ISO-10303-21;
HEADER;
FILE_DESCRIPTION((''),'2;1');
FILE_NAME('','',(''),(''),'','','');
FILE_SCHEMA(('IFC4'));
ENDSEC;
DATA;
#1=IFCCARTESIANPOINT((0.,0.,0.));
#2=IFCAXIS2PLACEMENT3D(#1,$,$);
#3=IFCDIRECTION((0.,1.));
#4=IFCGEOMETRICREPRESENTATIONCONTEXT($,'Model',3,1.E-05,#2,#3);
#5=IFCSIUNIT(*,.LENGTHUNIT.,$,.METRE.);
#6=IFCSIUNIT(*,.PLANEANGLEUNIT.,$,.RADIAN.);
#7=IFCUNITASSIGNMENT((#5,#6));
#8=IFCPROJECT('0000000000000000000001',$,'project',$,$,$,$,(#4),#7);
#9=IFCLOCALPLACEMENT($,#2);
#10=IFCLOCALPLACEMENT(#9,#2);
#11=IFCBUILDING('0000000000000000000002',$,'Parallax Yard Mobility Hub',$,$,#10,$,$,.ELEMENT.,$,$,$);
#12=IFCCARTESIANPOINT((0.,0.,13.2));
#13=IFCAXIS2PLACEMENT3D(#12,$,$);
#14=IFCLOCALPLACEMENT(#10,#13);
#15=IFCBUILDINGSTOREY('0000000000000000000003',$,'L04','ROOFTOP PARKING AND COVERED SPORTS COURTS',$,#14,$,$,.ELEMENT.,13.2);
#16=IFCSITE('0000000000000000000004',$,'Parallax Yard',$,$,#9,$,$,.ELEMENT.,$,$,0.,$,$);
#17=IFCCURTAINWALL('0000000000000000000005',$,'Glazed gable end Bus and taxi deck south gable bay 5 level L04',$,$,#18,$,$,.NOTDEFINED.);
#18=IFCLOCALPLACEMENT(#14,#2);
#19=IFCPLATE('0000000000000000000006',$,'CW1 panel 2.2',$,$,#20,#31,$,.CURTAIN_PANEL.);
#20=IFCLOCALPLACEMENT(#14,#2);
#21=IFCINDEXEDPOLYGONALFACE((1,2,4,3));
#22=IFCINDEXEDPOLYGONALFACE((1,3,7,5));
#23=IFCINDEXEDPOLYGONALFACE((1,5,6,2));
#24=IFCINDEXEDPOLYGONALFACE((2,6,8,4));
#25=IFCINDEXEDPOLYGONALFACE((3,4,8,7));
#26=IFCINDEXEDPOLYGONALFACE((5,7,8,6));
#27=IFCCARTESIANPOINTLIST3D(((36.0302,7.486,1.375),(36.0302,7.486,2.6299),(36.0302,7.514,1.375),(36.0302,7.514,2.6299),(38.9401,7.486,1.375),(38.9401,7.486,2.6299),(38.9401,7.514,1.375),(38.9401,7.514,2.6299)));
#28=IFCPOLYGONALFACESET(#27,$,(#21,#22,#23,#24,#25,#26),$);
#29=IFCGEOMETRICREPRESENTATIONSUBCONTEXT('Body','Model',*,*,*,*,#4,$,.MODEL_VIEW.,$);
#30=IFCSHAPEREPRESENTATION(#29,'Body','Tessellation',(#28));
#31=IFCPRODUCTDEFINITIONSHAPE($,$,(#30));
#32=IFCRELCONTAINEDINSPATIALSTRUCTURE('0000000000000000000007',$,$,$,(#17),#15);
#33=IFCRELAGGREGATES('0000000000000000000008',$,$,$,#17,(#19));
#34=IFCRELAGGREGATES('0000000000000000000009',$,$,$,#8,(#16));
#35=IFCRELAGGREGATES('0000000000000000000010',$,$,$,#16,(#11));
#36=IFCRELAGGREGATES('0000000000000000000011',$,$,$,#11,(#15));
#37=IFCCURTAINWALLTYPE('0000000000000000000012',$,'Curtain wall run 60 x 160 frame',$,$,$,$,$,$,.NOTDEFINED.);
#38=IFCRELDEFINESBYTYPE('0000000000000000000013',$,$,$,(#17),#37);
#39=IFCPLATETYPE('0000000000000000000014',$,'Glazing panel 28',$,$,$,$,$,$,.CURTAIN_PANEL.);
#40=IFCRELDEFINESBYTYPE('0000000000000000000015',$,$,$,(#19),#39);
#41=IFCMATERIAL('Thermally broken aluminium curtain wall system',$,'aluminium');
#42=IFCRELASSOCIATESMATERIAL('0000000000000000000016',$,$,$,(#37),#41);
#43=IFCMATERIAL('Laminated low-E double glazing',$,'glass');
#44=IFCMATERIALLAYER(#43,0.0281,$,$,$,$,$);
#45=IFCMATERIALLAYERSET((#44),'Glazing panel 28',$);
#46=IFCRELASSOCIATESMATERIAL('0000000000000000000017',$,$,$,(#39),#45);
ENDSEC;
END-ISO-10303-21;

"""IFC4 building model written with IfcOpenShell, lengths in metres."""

from ifc_helpers import new_model, si_unit, direction, frame, origin, origin_2d, place, context, subcontext, project, spatial, rectangle, extrude, material, layer, layer_set, type_object, element, aggregate, save


model = new_model("IFC4")

# Units and contexts
model_context = context("Model", 3, precision=1e-05, world=origin(), true_north=direction((0.0, 1.0)))
body_context = subcontext(model_context, "Body", "Model", "MODEL_VIEW")
ifc_project = project(units=[si_unit("LENGTHUNIT", "METRE"), si_unit("PLANEANGLEUNIT", "RADIAN")], contexts=[model_context])

# Site, building, storey
site_placement = place(None, origin())
site = spatial("IfcSite", under=ifc_project, at=site_placement, Name="Parallax Yard", CompositionType="ELEMENT", RefElevation=0.0)
building_placement = place(site_placement, origin())
building = spatial("IfcBuilding", under=site, at=building_placement, Name="Parallax Yard Mobility Hub", CompositionType="ELEMENT")
storey_placement = place(building_placement, frame((0.0, 0.0, 13.2)))
storey = spatial("IfcBuildingStorey", under=building, at=storey_placement, Name="L04", Description="ROOFTOP PARKING AND COVERED SPORTS COURTS", CompositionType="ELEMENT", Elevation=13.2)

# Shared definitions
ifc_material_1 = material(Name="Thermally broken aluminium curtain wall system", Category="aluminium")
curtain_wall_type = type_object("IfcCurtainWallType", Name="Curtain wall run 60 x 160 frame", PredefinedType="NOTDEFINED", material=ifc_material_1)

# Curtain wall
curtain_wall_1_placement = place(storey_placement, origin())
curtain_wall_1 = element("IfcCurtainWall", 1, at=curtain_wall_1_placement, inside=storey, type_object=curtain_wall_type, Name="Glazed gable end Bus and taxi deck south gable bay 5 level L04", PredefinedType="NOTDEFINED")

# Plate
ifc_material_2 = material(Name="Laminated low-E double glazing", Category="glass")
ifc_layer = layer(ifc_material_2, 0.0281)
ifc_layer_set = layer_set([ifc_layer], Name="Glazing panel 28")
plate_type = type_object("IfcPlateType", Name="Glazing panel 28", PredefinedType="CURTAIN_PANEL", material=ifc_layer_set)
plate_1_placement = place(storey_placement, frame((37.4851, 7.5, 1.375), z_axis=(0.0, 0.0, 1.0), x_axis=(1.0, 0.0, 0.0)))
plate_1 = element("IfcPlate", 2, at=plate_1_placement, type_object=plate_type, Name="CW1 panel 2.2", PredefinedType="CURTAIN_PANEL", context=body_context, shape_type="SweptSolid", body=[
    extrude(rectangle(XDim=2.9099, YDim=0.0281, at=origin_2d()), origin(), (0.0, 0.0, 1.0), 1.2549),
])
aggregate(curtain_wall_1, [plate_1])

save(model, "model.ifc")
